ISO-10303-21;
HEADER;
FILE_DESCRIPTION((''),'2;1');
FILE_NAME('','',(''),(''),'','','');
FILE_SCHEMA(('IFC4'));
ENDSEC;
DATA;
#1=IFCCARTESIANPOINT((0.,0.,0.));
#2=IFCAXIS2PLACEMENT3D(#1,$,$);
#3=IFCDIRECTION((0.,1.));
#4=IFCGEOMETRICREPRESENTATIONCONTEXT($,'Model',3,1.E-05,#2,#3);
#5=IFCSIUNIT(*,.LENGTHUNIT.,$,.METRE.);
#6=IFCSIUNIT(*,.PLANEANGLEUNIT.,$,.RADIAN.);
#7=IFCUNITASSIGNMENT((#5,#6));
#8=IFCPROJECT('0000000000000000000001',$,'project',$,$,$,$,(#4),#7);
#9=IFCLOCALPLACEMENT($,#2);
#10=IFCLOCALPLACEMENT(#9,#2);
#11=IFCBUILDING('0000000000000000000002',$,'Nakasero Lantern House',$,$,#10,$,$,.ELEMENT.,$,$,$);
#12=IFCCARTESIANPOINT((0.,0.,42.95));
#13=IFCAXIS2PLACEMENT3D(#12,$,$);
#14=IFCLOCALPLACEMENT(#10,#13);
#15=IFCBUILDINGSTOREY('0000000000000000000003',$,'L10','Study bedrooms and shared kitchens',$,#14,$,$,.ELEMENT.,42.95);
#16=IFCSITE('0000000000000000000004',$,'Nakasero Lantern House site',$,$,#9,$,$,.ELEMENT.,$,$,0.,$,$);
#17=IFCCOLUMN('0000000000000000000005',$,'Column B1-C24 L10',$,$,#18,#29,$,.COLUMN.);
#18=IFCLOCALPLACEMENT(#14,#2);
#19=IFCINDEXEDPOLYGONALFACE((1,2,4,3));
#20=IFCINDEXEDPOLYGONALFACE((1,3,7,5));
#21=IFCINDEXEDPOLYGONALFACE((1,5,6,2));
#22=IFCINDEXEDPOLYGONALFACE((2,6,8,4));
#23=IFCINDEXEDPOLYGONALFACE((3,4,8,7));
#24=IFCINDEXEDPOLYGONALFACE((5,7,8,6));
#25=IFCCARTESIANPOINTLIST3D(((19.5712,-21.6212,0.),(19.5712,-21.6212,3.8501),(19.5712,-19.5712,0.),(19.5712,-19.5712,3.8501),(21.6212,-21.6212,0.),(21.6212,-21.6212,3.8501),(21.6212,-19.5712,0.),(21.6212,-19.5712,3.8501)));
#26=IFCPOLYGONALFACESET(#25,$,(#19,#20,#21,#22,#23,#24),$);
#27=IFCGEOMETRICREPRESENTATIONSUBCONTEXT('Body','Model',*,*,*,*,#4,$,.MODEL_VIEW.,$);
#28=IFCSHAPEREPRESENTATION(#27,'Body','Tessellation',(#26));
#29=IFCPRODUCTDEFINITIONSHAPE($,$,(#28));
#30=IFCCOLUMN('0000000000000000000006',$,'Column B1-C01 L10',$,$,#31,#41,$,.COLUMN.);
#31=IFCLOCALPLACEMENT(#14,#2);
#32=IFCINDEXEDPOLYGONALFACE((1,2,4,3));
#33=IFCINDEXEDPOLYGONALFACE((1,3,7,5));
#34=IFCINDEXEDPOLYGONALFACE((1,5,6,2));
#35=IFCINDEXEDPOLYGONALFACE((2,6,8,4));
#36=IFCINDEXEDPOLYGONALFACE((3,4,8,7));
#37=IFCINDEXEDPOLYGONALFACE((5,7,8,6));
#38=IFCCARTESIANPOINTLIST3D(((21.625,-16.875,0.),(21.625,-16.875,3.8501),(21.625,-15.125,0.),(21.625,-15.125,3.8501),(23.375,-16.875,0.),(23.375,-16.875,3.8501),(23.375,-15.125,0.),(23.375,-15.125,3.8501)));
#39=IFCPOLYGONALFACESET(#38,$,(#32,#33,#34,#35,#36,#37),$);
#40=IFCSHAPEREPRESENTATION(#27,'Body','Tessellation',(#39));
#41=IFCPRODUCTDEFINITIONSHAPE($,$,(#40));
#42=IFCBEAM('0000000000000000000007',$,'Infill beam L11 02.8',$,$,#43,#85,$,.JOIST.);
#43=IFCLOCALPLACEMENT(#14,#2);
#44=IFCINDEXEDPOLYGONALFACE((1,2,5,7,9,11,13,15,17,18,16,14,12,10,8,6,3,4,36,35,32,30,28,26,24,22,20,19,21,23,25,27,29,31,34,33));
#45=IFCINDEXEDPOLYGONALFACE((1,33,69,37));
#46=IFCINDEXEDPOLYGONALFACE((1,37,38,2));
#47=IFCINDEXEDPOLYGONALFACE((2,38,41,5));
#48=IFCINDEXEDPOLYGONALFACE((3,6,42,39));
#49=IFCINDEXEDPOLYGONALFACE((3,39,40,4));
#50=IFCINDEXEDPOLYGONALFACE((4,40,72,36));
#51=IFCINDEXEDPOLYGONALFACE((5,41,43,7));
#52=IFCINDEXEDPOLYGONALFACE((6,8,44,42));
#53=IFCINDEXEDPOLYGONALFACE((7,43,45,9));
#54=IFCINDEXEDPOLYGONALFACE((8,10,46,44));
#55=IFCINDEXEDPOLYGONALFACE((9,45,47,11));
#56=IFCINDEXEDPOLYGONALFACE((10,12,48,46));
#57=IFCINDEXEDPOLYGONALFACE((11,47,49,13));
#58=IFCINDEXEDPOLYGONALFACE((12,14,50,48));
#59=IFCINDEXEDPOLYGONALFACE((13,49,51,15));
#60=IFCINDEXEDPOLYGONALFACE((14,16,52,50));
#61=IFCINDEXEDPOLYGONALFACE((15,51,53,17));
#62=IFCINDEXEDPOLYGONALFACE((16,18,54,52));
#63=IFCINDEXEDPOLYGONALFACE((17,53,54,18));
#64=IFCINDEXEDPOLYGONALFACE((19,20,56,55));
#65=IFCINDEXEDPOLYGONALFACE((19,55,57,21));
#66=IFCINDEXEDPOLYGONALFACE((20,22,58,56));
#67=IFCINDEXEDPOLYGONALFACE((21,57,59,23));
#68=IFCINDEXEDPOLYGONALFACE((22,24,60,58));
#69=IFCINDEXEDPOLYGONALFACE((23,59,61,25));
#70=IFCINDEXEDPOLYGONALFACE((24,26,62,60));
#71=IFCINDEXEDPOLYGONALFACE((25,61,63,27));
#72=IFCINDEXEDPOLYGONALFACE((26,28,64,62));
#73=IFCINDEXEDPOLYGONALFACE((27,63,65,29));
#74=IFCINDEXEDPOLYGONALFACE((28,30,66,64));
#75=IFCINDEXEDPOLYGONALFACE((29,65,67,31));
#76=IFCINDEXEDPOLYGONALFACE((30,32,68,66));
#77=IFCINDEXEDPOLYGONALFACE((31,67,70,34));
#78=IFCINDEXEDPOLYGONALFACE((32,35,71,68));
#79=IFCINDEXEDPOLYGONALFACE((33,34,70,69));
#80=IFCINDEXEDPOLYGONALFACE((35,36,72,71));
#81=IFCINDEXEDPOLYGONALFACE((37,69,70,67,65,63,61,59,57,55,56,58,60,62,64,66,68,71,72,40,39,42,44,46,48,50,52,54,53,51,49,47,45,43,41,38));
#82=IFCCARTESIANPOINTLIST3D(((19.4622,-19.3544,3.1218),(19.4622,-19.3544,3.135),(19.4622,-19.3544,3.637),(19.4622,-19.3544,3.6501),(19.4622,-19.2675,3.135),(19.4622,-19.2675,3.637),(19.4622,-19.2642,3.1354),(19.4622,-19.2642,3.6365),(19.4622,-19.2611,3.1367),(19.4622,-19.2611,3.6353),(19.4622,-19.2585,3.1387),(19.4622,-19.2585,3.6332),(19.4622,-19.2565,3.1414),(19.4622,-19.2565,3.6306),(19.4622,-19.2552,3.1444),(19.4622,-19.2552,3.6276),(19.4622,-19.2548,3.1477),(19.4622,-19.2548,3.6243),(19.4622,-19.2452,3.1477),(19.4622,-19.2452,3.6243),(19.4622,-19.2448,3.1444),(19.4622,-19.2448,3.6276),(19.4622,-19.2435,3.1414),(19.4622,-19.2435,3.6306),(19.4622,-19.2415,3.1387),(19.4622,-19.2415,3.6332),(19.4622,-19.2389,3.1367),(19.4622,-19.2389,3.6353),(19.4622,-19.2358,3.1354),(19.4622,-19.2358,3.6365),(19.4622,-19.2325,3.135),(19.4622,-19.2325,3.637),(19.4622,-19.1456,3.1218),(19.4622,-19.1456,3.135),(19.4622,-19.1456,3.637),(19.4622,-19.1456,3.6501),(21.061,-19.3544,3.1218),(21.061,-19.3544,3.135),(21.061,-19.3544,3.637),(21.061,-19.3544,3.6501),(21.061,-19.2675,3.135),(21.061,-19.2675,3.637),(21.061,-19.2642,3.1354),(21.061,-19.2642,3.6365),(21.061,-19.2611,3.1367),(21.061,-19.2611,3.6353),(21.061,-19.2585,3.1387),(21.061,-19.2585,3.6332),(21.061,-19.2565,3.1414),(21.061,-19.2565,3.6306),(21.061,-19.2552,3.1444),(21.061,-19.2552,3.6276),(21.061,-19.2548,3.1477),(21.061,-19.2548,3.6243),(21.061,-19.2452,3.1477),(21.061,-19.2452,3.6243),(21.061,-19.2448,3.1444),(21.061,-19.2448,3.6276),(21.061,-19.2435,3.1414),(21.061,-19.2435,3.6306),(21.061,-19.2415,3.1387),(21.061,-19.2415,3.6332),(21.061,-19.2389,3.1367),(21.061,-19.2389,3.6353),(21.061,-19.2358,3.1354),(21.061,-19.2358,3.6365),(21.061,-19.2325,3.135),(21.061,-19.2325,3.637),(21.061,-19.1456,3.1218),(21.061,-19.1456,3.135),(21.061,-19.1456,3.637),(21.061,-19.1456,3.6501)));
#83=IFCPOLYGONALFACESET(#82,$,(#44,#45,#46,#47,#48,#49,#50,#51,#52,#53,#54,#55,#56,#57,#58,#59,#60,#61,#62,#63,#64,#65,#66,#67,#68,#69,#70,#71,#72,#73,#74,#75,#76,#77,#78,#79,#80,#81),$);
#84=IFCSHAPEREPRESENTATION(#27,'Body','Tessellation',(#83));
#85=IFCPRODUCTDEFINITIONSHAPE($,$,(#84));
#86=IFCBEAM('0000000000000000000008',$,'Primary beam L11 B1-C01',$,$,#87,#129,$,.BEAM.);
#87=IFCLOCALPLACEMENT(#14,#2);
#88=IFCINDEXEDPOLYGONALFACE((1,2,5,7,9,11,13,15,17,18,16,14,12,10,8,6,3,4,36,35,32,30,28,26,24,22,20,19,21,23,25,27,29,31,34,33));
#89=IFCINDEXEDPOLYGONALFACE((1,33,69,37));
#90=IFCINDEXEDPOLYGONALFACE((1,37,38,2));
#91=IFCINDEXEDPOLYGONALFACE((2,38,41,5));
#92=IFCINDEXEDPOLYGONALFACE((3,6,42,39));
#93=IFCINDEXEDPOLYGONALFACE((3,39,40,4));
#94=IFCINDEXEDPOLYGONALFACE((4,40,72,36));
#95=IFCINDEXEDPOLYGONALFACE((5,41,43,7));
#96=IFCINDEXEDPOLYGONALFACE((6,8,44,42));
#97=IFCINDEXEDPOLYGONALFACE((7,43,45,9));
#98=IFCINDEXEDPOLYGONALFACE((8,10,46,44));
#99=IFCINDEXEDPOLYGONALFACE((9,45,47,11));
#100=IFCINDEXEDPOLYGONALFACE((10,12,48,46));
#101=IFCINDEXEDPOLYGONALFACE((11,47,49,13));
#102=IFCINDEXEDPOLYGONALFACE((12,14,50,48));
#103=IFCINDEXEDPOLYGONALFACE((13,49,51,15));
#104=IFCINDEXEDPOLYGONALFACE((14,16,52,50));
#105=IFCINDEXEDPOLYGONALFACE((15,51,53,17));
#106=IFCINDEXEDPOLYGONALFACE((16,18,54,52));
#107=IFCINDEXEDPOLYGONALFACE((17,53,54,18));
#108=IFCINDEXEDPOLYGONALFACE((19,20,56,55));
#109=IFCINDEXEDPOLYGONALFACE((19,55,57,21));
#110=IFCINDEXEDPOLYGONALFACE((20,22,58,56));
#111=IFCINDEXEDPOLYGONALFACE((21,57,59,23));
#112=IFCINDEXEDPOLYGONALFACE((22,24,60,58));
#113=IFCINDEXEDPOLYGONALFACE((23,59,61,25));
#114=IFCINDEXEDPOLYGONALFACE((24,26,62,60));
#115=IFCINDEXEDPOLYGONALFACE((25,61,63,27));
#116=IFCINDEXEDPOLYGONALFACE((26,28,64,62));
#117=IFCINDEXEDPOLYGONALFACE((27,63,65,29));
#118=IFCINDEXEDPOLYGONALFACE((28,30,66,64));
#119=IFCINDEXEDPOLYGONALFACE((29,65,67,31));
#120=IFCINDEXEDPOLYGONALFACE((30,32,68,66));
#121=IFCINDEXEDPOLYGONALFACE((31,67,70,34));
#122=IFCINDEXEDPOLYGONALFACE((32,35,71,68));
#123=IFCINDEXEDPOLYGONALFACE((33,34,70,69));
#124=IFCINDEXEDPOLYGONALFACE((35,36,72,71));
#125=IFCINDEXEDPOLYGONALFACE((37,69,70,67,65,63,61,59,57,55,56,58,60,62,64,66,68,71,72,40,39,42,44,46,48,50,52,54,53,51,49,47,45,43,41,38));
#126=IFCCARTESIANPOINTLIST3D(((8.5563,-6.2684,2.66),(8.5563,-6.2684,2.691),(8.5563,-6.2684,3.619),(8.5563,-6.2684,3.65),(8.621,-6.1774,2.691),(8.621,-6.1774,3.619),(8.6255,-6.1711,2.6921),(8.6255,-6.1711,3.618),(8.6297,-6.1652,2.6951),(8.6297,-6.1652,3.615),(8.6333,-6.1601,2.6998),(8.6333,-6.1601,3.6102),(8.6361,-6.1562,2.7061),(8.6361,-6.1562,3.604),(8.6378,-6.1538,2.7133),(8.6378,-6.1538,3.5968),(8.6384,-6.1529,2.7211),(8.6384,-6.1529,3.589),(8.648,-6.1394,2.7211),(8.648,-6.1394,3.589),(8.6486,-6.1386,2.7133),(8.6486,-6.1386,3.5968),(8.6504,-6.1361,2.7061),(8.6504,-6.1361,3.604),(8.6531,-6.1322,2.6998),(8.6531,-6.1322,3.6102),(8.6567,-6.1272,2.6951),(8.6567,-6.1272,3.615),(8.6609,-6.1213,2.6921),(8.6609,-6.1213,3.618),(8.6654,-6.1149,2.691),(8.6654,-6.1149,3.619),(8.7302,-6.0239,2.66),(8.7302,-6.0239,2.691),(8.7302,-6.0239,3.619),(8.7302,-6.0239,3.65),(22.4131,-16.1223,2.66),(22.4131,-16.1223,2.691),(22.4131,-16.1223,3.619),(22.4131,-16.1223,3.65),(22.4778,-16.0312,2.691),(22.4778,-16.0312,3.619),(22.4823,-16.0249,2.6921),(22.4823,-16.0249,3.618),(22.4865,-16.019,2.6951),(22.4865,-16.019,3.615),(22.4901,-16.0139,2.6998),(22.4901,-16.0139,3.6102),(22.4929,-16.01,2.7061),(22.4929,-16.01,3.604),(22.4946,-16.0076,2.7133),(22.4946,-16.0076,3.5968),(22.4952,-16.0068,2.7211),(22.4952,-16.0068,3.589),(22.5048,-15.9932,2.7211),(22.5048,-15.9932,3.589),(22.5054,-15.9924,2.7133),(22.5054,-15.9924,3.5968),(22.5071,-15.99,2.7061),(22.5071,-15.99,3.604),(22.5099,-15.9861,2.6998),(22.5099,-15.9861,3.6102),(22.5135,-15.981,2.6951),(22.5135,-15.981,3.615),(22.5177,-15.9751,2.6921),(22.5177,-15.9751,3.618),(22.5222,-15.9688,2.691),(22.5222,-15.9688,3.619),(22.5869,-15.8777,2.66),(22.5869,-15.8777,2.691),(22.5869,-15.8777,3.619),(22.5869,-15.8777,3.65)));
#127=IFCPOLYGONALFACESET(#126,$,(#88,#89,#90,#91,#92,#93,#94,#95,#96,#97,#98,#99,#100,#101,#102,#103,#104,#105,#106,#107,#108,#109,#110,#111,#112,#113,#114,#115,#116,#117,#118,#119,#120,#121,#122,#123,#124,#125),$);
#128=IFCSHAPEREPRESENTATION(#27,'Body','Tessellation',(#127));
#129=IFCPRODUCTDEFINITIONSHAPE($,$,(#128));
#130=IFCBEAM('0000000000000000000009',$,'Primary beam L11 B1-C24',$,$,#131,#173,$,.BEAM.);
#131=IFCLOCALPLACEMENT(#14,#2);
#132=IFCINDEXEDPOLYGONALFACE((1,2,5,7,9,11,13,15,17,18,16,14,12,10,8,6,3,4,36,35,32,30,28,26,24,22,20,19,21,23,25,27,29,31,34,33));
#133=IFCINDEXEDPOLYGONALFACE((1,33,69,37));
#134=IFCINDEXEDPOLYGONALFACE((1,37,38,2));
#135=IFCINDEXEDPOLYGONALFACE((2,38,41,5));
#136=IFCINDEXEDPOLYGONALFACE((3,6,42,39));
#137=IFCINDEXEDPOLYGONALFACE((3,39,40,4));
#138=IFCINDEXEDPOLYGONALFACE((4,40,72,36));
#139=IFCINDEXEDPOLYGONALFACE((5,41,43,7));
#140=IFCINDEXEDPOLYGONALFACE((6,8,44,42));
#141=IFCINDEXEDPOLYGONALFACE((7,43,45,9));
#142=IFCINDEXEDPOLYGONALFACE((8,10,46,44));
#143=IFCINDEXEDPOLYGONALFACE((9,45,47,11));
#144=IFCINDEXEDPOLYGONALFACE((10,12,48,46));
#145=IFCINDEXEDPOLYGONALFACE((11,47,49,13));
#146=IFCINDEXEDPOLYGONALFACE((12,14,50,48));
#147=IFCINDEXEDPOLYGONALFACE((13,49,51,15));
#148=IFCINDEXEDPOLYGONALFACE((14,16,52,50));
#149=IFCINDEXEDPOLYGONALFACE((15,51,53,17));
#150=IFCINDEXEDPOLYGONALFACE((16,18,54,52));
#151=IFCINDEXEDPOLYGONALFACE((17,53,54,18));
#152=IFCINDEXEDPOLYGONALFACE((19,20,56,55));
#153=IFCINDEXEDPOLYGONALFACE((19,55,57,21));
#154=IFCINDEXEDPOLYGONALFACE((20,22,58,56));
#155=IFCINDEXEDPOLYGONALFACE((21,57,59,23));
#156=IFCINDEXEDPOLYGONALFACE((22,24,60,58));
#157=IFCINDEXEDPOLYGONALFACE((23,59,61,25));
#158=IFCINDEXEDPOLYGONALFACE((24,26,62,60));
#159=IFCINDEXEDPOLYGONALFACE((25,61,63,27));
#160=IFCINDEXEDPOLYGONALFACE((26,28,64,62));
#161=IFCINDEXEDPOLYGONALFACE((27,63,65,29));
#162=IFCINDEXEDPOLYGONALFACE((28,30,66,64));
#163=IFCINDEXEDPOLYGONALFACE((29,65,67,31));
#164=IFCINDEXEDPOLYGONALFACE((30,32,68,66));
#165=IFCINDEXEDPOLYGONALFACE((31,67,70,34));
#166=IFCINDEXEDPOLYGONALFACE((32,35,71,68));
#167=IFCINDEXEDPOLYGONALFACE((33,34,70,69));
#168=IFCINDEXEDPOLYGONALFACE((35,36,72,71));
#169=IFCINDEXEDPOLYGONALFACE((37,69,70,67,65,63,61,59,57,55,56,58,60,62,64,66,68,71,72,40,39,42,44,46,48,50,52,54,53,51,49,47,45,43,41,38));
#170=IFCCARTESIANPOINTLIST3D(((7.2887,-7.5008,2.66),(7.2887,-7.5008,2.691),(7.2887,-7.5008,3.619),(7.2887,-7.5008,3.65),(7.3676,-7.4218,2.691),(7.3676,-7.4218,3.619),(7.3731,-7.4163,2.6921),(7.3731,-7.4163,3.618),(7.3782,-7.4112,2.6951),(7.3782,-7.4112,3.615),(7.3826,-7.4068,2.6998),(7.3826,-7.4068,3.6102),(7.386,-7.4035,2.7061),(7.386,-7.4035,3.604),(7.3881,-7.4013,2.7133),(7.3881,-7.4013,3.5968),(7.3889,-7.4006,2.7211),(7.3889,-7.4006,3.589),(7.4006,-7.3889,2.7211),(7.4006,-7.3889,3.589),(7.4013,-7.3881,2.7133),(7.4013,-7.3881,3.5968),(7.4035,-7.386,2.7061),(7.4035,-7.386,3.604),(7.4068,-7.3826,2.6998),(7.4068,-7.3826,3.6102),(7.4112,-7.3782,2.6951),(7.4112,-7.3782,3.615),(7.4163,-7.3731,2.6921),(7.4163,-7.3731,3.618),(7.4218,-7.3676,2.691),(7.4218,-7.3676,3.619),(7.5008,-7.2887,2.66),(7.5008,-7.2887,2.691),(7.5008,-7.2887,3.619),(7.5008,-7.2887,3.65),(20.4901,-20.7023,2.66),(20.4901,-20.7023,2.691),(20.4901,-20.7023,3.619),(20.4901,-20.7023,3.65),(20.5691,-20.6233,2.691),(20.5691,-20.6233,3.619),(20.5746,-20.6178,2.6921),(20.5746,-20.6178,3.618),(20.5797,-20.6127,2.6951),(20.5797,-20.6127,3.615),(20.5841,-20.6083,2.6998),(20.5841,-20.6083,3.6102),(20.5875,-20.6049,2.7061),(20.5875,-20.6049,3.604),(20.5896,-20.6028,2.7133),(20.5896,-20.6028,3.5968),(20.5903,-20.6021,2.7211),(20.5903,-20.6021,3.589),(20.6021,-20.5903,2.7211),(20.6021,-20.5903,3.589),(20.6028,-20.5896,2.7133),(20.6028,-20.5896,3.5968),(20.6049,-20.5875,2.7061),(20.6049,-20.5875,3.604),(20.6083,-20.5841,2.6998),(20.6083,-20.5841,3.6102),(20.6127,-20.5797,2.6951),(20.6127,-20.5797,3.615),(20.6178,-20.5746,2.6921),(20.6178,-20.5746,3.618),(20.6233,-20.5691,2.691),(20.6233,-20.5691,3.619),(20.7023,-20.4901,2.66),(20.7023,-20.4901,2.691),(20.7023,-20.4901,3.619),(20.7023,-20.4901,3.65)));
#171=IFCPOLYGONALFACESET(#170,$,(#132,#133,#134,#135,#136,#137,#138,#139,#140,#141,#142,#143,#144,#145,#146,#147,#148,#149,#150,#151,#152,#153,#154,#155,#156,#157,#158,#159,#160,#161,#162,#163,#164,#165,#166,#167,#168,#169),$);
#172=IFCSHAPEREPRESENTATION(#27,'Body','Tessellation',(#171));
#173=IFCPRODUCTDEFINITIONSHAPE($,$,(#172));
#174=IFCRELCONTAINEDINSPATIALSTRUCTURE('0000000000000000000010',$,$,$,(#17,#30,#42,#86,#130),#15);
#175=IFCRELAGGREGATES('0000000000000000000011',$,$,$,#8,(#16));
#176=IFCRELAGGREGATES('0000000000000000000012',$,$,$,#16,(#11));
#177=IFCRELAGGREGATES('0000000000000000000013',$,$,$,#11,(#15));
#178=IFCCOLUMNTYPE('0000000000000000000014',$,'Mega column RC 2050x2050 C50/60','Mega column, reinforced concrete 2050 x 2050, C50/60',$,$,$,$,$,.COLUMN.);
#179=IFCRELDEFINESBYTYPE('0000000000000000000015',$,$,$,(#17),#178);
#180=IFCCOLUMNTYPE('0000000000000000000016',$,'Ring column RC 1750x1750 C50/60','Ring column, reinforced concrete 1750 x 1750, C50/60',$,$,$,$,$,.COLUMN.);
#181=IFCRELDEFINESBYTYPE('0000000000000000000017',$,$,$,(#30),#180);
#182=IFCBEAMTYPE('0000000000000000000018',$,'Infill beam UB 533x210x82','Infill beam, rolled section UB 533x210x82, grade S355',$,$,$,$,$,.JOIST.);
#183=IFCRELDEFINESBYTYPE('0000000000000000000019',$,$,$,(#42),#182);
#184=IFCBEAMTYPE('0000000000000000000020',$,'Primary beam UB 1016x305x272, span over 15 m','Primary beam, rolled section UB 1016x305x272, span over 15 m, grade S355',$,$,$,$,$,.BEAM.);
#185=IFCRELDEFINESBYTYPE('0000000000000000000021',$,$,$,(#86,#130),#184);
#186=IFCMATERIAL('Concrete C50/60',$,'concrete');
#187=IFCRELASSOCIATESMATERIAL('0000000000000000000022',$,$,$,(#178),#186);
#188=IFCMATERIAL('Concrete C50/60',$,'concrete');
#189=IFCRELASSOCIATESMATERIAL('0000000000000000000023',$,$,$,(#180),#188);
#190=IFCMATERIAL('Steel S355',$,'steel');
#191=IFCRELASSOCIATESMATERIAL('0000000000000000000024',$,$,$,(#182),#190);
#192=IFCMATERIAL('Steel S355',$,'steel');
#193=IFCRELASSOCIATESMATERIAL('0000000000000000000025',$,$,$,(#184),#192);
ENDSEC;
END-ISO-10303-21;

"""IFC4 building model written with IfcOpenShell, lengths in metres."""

from ifc_helpers import new_model, si_unit, direction, frame, origin, origin_2d, place, context, subcontext, project, spatial, rectangle, i_section, extrude, material, material_profile, profile_set, type_object, element, save


model = new_model("IFC4")

# Units and contexts
model_context = context("Model", 3, precision=1e-05, world=origin(), true_north=direction((0.0, 1.0)))
body_context = subcontext(model_context, "Body", "Model", "MODEL_VIEW")
ifc_project = project(units=[si_unit("LENGTHUNIT", "METRE"), si_unit("PLANEANGLEUNIT", "RADIAN")], contexts=[model_context])

# Site, building, storey
site_placement = place(None, origin())
site = spatial("IfcSite", under=ifc_project, at=site_placement, Name="Nakasero Lantern House site", CompositionType="ELEMENT", RefElevation=0.0)
building_placement = place(site_placement, origin())
building = spatial("IfcBuilding", under=site, at=building_placement, Name="Nakasero Lantern House", CompositionType="ELEMENT")
storey_placement = place(building_placement, frame((0.0, 0.0, 42.95)))
storey = spatial("IfcBuildingStorey", under=building, at=storey_placement, Name="L10", Description="Study bedrooms and shared kitchens", CompositionType="ELEMENT", Elevation=42.95)

# Columns
ifc_material_1 = material(Name="Concrete C50/60", Category="concrete")
ifc_material_profile_1 = material_profile(ifc_material_1, rectangle(XDim=2.05, YDim=2.05, at=origin_2d()), Name="RC 2050x2050")
ifc_profile_set_1 = profile_set([ifc_material_profile_1], Name="Concrete C50/60")
column_type_1 = type_object("IfcColumnType", Name="Mega column RC 2050x2050 C50/60", Description="Mega column, reinforced concrete 2050 x 2050, C50/60", PredefinedType="COLUMN", material=ifc_profile_set_1)
column_1_placement = place(storey_placement, frame((20.5962, -20.5962, 0.0), z_axis=(0.0, 0.0, 1.0), x_axis=(1.0, 0.0, 0.0)))
element("IfcColumn", 1, at=column_1_placement, inside=storey, type_object=column_type_1, Name="Column B1-C24 L10", PredefinedType="COLUMN", context=body_context, shape_type="SweptSolid", body=[
    extrude(rectangle(XDim=2.05, YDim=2.05, at=origin_2d()), origin(), (0.0, 0.0, 1.0), 3.8501),
])
ifc_material_2 = material(Name="Concrete C50/60", Category="concrete")
ifc_material_profile_2 = material_profile(ifc_material_2, rectangle(XDim=1.75, YDim=1.75, at=origin_2d()), Name="RC 1750x1750")
ifc_profile_set_2 = profile_set([ifc_material_profile_2], Name="Concrete C50/60")
column_type_2 = type_object("IfcColumnType", Name="Ring column RC 1750x1750 C50/60", Description="Ring column, reinforced concrete 1750 x 1750, C50/60", PredefinedType="COLUMN", material=ifc_profile_set_2)
column_2_placement = place(storey_placement, frame((22.5, -16.0, 0.0), z_axis=(0.0, 0.0, 1.0), x_axis=(1.0, 0.0, 0.0)))
element("IfcColumn", 2, at=column_2_placement, inside=storey, type_object=column_type_2, Name="Column B1-C01 L10", PredefinedType="COLUMN", context=body_context, shape_type="SweptSolid", body=[
    extrude(rectangle(XDim=1.75, YDim=1.75, at=origin_2d()), origin(), (0.0, 0.0, 1.0), 3.8501),
])

# Beams
ifc_material_3 = material(Name="Steel S355", Category="steel")
ifc_material_profile_3 = material_profile(ifc_material_3, i_section(OverallWidth=0.2087, OverallDepth=0.5283, WebThickness=0.0095, FlangeThickness=0.0132, FilletRadius=0.0127, at=origin_2d()), Name="UB 533x210x82")
ifc_profile_set_3 = profile_set([ifc_material_profile_3], Name="Steel S355")
beam_type_1 = type_object("IfcBeamType", Name="Infill beam UB 533x210x82", Description="Infill beam, rolled section UB 533x210x82, grade S355", PredefinedType="JOIST", material=ifc_profile_set_3)
beam_1_placement = place(storey_placement, frame((19.4622, -19.25, 3.386), z_axis=(1.0, 0.0, 0.0), x_axis=(0.0, 1.0, 0.0)))
element("IfcBeam", 3, at=beam_1_placement, inside=storey, type_object=beam_type_1, Name="Infill beam L11 02.8", PredefinedType="JOIST", context=body_context, shape_type="SweptSolid", body=[
    extrude(i_section(OverallWidth=0.2087, OverallDepth=0.5283, WebThickness=0.0095, FlangeThickness=0.0132, FilletRadius=0.0127, at=origin_2d()), origin(), (0.0, 0.0, 1.0), 1.5989),
])
ifc_material_4 = material(Name="Steel S355", Category="steel")
ifc_material_profile_4 = material_profile(ifc_material_4, i_section(OverallWidth=0.3, OverallDepth=0.99, WebThickness=0.0166, FlangeThickness=0.031, FilletRadius=0.03, at=origin_2d()), Name="UB 1016x305x272")
ifc_profile_set_4 = profile_set([ifc_material_profile_4], Name="Steel S355")
beam_type_2 = type_object("IfcBeamType", Name="Primary beam UB 1016x305x272, span over 15 m", Description="Primary beam, rolled section UB 1016x305x272, span over 15 m, grade S355", PredefinedType="BEAM", material=ifc_profile_set_4)
beam_2_placement = place(storey_placement, frame((22.5, -16.0, 3.155), z_axis=(-0.814952, 0.579528, 0.0), x_axis=(-0.579528, -0.814952, 0.0)))
element("IfcBeam", 4, at=beam_2_placement, inside=storey, type_object=beam_type_2, Name="Primary beam L11 B1-C01", PredefinedType="BEAM", context=body_context, shape_type="SweptSolid", body=[
    extrude(i_section(OverallWidth=0.3, OverallDepth=0.99, WebThickness=0.0166, FlangeThickness=0.031, FilletRadius=0.03, at=origin_2d()), origin(), (0.0, 0.0, 1.0), 17.0032),
])
beam_3_placement = place(storey_placement, frame((20.5962, -20.5962, 3.155), z_axis=(-0.707107, 0.707107, 0.0), x_axis=(-0.707107, -0.707107, 0.0)))
element("IfcBeam", 5, at=beam_3_placement, inside=storey, type_object=beam_type_2, Name="Primary beam L11 B1-C24", PredefinedType="BEAM", context=body_context, shape_type="SweptSolid", body=[
    extrude(i_section(OverallWidth=0.3, OverallDepth=0.99, WebThickness=0.0166, FlangeThickness=0.031, FilletRadius=0.03, at=origin_2d()), origin(), (0.0, 0.0, 1.0), 18.6697),
])

save(model, "model.ifc")
